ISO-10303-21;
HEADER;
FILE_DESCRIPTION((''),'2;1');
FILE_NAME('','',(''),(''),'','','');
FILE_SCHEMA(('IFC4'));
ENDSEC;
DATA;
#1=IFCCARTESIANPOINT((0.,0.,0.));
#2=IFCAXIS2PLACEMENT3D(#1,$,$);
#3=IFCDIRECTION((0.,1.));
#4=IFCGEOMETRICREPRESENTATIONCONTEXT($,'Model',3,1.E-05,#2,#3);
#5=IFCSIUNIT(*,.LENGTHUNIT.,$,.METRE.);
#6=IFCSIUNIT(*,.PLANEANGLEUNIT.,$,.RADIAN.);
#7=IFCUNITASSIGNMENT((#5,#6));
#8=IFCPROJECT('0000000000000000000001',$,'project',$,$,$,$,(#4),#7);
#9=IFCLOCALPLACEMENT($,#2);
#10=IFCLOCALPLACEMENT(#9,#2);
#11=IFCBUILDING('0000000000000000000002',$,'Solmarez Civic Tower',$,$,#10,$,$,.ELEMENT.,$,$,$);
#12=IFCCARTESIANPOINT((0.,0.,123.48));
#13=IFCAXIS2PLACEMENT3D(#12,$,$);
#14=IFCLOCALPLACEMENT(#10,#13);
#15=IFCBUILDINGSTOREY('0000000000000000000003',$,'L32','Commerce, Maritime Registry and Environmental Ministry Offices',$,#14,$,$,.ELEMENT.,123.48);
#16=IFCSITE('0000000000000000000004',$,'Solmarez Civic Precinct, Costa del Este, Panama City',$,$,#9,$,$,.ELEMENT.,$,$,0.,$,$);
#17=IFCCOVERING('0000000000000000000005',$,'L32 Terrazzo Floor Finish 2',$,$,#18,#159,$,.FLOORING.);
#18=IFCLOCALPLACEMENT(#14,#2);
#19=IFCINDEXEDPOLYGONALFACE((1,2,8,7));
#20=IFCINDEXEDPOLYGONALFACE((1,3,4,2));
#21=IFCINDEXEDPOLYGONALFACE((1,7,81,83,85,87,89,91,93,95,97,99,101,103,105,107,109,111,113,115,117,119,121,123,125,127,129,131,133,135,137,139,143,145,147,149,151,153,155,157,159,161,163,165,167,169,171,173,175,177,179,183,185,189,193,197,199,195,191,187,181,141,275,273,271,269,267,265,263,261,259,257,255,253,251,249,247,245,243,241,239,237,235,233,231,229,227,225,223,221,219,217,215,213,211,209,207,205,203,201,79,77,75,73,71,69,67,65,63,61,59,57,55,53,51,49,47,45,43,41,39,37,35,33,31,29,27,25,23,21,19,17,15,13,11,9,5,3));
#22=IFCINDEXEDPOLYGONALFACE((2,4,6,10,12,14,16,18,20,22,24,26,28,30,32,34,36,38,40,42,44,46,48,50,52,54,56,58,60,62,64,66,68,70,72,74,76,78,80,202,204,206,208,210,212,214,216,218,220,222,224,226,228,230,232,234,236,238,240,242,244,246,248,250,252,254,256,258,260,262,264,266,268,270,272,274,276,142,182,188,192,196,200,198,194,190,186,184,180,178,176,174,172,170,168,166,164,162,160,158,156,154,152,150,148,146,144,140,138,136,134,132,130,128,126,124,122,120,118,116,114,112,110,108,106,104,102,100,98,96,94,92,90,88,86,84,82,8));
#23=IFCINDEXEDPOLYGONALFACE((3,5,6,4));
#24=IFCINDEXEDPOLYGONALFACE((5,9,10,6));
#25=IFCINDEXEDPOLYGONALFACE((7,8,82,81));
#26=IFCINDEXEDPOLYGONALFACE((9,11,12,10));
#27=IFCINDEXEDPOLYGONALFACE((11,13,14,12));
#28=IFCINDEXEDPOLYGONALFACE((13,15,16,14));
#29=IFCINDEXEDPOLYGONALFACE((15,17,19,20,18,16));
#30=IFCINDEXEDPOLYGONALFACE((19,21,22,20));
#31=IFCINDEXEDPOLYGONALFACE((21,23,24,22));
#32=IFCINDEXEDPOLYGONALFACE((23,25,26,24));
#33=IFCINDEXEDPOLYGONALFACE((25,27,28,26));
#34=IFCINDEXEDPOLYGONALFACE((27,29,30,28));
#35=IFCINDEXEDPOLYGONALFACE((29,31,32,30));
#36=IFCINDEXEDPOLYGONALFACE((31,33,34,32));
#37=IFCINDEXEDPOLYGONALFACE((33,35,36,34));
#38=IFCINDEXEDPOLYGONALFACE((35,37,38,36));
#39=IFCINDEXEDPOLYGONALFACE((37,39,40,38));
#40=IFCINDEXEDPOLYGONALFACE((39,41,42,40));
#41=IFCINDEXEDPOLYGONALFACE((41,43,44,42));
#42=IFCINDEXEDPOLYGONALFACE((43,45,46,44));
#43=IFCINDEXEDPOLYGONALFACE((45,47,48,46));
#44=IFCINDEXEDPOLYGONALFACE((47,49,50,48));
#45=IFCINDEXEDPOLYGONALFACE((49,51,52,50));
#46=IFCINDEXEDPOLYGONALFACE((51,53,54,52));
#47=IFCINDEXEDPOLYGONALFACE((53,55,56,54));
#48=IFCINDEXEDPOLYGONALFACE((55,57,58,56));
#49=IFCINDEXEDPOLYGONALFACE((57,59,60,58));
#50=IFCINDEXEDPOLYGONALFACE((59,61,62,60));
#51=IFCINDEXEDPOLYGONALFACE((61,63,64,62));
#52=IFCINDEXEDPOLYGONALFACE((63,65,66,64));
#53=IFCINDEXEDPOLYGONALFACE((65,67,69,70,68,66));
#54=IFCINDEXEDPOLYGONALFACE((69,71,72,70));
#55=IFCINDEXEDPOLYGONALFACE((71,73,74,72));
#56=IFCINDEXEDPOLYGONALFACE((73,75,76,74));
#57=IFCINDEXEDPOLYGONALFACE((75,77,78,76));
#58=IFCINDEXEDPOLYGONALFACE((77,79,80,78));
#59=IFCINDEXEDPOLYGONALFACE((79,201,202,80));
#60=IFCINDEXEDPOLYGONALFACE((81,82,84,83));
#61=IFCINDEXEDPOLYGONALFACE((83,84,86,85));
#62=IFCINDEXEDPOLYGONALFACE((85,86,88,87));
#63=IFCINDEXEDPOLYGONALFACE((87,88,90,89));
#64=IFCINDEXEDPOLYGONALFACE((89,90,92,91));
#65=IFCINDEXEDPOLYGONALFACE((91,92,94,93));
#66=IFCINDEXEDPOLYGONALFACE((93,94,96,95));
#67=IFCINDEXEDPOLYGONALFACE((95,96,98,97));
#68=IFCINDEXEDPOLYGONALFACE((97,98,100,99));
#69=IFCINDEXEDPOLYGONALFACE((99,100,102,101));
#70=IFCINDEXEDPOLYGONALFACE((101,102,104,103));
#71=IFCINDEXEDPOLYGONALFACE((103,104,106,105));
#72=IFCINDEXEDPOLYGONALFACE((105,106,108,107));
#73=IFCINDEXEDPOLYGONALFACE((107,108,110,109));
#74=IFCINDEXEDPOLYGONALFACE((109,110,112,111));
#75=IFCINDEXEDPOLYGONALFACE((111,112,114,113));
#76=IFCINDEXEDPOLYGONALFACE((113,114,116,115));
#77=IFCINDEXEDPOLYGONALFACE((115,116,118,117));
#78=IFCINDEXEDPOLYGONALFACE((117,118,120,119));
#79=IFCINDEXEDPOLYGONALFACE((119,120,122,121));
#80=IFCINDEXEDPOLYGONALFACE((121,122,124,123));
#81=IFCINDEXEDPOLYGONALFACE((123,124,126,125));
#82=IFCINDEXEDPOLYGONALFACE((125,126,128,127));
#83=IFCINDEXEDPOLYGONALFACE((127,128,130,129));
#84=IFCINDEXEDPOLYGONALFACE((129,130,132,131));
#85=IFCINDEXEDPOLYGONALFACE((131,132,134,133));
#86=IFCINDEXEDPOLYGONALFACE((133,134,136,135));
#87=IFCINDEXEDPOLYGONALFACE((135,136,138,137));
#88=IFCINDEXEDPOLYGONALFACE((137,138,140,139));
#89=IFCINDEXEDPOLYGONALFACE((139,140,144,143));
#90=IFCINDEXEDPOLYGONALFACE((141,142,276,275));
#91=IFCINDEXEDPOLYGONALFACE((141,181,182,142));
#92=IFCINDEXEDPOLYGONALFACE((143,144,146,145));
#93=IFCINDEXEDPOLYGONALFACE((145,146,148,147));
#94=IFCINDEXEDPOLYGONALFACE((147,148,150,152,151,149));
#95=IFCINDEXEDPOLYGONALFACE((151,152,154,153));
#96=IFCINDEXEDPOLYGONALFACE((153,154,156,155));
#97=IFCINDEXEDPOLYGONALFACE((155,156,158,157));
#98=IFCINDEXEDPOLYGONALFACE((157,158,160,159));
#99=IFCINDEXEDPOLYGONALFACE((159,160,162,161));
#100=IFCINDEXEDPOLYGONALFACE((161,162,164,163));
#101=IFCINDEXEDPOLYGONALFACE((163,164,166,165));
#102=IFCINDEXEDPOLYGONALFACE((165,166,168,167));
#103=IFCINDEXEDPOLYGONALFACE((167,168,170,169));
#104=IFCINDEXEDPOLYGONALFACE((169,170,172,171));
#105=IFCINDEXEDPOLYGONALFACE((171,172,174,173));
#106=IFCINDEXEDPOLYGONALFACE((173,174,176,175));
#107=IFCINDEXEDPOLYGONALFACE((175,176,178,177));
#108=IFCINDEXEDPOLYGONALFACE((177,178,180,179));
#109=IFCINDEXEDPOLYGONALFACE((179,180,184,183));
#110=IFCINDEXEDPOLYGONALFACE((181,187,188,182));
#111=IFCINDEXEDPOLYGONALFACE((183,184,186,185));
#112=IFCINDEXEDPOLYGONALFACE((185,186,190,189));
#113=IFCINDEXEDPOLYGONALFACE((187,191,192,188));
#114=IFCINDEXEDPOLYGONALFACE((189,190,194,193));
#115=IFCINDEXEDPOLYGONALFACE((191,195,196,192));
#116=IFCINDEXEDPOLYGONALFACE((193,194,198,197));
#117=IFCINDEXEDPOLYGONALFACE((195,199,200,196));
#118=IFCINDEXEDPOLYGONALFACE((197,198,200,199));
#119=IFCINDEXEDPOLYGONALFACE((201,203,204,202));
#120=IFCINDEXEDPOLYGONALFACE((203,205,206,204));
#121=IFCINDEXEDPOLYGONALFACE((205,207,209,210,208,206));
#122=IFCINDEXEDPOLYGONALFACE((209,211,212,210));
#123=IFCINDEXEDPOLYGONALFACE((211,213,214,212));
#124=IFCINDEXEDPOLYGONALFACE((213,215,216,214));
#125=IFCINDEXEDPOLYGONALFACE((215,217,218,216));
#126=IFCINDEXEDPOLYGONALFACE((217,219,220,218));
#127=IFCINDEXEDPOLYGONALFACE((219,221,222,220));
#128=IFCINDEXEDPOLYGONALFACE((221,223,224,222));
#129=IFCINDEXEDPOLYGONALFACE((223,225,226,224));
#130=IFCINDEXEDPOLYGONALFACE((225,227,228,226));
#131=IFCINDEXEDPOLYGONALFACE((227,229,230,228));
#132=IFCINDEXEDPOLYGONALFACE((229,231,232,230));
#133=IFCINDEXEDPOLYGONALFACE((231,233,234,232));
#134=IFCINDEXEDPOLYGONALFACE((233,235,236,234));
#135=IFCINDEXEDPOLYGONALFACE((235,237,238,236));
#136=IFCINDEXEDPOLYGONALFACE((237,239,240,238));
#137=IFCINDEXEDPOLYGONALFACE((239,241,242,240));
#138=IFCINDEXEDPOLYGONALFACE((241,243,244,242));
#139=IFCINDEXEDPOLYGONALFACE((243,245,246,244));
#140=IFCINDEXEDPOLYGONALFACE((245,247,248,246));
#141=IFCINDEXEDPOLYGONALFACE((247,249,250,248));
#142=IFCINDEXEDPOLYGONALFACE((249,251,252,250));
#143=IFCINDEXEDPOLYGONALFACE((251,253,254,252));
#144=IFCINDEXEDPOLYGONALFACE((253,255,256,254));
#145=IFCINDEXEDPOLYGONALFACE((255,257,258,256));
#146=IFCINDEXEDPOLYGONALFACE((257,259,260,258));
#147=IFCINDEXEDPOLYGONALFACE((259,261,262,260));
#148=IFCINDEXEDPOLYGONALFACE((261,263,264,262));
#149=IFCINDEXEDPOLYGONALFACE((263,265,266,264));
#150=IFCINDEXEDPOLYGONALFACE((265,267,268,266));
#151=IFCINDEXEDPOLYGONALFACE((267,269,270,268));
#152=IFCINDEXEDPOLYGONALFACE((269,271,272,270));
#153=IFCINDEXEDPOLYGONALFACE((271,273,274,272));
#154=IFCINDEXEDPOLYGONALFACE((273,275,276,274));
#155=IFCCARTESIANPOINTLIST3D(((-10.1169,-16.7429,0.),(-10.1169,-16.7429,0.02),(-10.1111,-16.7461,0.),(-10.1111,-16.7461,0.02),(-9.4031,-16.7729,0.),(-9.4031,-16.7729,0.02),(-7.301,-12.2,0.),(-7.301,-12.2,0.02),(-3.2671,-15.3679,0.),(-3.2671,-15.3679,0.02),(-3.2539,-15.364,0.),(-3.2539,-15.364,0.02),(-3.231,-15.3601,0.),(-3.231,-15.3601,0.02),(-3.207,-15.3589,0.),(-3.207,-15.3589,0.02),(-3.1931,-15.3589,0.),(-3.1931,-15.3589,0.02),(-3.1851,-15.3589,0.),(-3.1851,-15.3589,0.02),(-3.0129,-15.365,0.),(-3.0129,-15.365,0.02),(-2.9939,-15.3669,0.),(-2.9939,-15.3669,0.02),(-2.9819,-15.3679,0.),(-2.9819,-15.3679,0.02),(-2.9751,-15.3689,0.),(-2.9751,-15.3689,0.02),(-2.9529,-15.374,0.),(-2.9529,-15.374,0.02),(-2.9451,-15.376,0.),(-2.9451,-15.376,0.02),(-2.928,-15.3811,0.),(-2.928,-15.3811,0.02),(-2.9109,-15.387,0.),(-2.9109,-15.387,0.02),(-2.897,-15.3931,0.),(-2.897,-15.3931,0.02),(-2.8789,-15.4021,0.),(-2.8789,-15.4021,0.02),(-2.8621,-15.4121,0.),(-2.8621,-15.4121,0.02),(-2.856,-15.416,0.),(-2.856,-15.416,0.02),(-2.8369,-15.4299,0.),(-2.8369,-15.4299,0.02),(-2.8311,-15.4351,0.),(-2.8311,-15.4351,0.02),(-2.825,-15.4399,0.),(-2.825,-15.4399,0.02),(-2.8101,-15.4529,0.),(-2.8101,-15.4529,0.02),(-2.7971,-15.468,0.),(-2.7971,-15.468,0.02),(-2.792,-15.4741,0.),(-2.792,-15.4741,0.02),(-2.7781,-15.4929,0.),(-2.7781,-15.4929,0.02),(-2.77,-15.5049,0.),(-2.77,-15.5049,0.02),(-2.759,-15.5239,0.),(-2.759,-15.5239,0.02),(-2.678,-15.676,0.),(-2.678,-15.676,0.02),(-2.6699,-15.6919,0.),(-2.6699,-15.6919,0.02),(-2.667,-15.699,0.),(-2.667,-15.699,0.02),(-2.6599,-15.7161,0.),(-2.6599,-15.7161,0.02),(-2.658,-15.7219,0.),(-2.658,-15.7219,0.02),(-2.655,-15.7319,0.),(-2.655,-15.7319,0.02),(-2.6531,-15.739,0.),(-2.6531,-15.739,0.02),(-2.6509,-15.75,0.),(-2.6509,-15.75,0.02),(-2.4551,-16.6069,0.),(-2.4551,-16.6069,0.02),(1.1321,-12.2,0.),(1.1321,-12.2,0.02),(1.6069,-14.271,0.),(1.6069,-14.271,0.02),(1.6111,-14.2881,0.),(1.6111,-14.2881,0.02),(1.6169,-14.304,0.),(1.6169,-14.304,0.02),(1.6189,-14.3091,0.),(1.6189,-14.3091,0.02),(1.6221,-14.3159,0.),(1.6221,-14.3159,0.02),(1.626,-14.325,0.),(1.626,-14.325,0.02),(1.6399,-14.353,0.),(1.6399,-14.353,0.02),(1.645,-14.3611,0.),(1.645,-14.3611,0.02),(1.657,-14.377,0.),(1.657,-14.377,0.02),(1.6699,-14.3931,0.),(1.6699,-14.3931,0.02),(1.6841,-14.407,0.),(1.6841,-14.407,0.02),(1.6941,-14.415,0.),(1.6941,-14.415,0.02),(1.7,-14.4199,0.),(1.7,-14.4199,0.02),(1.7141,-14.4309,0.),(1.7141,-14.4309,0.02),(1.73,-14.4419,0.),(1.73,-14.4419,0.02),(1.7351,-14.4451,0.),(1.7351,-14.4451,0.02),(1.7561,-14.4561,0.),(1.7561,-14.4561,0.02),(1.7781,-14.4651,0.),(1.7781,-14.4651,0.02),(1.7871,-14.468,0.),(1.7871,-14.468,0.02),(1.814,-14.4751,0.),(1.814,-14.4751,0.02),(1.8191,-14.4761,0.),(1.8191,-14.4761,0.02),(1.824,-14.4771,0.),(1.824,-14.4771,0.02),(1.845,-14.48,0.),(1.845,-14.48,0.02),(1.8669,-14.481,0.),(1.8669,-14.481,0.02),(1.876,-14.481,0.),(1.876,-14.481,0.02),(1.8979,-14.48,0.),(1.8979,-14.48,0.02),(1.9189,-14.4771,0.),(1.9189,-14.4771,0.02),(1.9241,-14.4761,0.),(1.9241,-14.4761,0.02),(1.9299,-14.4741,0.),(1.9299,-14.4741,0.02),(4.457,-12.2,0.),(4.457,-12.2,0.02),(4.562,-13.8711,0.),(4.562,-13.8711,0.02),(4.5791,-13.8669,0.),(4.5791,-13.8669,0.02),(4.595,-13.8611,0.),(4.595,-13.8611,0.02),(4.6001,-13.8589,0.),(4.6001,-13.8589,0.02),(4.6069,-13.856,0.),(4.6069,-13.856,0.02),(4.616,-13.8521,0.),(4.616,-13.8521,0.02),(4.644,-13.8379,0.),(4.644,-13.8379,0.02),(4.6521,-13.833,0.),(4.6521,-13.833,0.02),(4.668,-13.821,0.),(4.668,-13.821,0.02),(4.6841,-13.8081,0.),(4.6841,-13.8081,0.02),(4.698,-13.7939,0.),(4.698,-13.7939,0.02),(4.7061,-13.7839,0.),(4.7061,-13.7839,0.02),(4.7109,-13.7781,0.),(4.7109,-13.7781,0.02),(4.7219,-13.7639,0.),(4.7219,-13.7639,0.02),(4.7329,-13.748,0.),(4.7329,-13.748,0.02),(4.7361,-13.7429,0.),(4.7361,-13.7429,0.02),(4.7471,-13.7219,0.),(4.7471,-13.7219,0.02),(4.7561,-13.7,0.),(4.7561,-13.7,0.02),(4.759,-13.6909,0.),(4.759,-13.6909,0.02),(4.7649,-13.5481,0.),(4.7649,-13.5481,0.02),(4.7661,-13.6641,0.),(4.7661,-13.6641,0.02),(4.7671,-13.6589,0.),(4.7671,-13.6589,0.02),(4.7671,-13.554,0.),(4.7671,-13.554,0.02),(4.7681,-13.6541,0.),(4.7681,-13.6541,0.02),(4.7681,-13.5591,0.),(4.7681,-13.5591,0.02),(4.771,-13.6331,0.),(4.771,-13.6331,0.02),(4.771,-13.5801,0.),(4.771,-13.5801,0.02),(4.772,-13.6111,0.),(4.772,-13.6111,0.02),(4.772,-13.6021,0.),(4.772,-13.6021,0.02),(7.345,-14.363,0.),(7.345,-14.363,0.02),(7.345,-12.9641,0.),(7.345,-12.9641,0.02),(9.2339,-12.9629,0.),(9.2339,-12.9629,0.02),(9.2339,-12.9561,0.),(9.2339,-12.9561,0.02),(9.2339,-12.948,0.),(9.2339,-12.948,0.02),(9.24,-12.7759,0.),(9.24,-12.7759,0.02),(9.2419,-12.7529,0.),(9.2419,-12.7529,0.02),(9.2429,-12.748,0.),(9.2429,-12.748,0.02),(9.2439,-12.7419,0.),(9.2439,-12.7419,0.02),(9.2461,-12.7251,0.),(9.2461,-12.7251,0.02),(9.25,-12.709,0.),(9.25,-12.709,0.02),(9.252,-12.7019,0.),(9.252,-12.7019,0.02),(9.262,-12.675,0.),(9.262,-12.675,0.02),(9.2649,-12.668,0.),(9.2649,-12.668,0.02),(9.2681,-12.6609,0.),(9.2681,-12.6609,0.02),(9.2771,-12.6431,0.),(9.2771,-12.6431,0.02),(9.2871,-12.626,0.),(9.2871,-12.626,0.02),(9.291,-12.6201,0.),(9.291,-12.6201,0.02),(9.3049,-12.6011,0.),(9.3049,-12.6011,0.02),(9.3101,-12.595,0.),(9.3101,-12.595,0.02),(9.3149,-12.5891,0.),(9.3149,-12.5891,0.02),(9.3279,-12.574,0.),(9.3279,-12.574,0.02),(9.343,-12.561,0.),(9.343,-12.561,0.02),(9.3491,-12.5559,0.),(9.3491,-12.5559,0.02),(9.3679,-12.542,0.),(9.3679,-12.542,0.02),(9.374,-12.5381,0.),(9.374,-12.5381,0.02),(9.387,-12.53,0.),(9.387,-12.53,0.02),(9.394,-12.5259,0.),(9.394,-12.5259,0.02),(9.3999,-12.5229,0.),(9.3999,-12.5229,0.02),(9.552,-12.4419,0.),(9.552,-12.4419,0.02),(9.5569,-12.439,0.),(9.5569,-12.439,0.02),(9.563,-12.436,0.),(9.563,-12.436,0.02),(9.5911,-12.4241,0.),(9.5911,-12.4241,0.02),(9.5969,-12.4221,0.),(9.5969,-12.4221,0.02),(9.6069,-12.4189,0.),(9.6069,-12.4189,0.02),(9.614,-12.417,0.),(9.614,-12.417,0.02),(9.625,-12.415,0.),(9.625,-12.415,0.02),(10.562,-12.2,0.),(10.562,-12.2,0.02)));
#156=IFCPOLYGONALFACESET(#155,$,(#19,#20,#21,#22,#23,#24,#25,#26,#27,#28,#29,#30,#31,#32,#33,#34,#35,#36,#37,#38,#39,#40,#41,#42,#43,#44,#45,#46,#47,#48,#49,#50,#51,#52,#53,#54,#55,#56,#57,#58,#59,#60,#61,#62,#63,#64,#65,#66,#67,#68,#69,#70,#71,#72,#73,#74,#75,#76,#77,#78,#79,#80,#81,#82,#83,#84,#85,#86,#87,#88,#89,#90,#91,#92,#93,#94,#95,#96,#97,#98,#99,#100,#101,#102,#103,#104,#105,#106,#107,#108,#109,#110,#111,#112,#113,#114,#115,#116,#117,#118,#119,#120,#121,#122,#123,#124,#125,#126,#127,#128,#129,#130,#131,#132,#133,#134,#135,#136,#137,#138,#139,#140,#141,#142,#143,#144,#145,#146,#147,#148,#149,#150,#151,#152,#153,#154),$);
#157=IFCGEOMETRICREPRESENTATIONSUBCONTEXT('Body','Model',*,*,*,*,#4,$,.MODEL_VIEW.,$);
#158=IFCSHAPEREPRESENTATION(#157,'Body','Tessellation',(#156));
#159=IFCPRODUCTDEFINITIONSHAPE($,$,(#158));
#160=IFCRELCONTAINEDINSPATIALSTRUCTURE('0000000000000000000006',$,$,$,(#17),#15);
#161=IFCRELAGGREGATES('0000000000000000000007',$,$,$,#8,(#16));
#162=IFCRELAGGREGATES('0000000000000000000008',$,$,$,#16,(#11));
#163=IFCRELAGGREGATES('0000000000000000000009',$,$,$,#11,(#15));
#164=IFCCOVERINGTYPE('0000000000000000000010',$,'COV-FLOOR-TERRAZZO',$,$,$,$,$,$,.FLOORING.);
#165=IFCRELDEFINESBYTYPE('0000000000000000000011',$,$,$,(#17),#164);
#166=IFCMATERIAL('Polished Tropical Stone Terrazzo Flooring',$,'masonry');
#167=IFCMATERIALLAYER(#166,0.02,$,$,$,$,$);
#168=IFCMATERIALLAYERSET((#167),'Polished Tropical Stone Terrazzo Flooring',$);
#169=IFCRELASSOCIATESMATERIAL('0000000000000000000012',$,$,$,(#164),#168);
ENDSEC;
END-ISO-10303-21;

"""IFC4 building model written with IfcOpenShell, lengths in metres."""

from ifc_helpers import new_model, si_unit, direction, frame, origin, place, context, subcontext, project, spatial, polyline, outline, extrude, material, layer, layer_set, type_object, element, save


model = new_model("IFC4")

# Units and contexts
model_context = context("Model", 3, precision=1e-05, world=origin(), true_north=direction((0.0, 1.0)))
body_context = subcontext(model_context, "Body", "Model", "MODEL_VIEW")
ifc_project = project(units=[si_unit("LENGTHUNIT", "METRE"), si_unit("PLANEANGLEUNIT", "RADIAN")], contexts=[model_context])

# Site, building, storey
site_placement = place(None, origin())
site = spatial("IfcSite", under=ifc_project, at=site_placement, Name="Solmarez Civic Precinct, Costa del Este, Panama City", CompositionType="ELEMENT", RefElevation=0.0)
building_placement = place(site_placement, origin())
building = spatial("IfcBuilding", under=site, at=building_placement, Name="Solmarez Civic Tower", CompositionType="ELEMENT")
storey_placement = place(building_placement, frame((0.0, 0.0, 123.48)))
storey = spatial("IfcBuildingStorey", under=building, at=storey_placement, Name="L32", Description="Commerce, Maritime Registry and Environmental Ministry Offices", CompositionType="ELEMENT", Elevation=123.48)

# Covering
ifc_material_1 = material(Name="Polished Tropical Stone Terrazzo Flooring", Category="masonry")
ifc_layer_1 = layer(ifc_material_1, 0.02)
ifc_layer_set_1 = layer_set([ifc_layer_1], Name="Polished Tropical Stone Terrazzo Flooring")
covering_type_1 = type_object("IfcCoveringType", Name="COV-FLOOR-TERRAZZO", PredefinedType="FLOORING", material=ifc_layer_set_1)
covering_1_placement = place(storey_placement, origin())
element("IfcCovering", 1, at=covering_1_placement, inside=storey, type_object=covering_type_1, Name="L32 Terrazzo Floor Finish 2", PredefinedType="FLOORING", context=body_context, shape_type="SweptSolid", body=[
    extrude(outline(polyline([(-3.2671, -15.3679), (-3.2539, -15.364), (-3.231, -15.3601), (-3.207, -15.3589), (-3.1931, -15.3589), (-3.1851, -15.3589), (-3.0129, -15.365), (-2.9939, -15.3669), (-2.9819, -15.3679), (-2.9751, -15.3689), (-2.9529, -15.374), (-2.9451, -15.376), (-2.928, -15.3811), (-2.9109, -15.387), (-2.897, -15.3931), (-2.8789, -15.4021), (-2.8621, -15.4121), (-2.856, -15.416), (-2.8369, -15.4299), (-2.8311, -15.4351), (-2.825, -15.4399), (-2.8101, -15.4529), (-2.7971, -15.468), (-2.792, -15.4741), (-2.7781, -15.4929), (-2.77, -15.5049), (-2.759, -15.5239), (-2.678, -15.676), (-2.6699, -15.6919), (-2.667, -15.699), (-2.6599, -15.7161), (-2.658, -15.7219), (-2.655, -15.7319), (-2.6531, -15.739), (-2.6509, -15.75), (-2.4551, -16.6069), (7.345, -14.363), (7.345, -12.9641), (9.2339, -12.9629), (9.2339, -12.9561), (9.2339, -12.948), (9.24, -12.7759), (9.2419, -12.7529), (9.2429, -12.748), (9.2439, -12.7419), (9.2461, -12.7251), (9.25, -12.709), (9.252, -12.7019), (9.262, -12.675), (9.2649, -12.668), (9.2681, -12.6609), (9.2771, -12.6431), (9.2871, -12.626), (9.291, -12.6201), (9.3049, -12.6011), (9.3101, -12.595), (9.3149, -12.5891), (9.3279, -12.574), (9.343, -12.561), (9.3491, -12.5559), (9.3679, -12.542), (9.374, -12.5381), (9.387, -12.53), (9.394, -12.5259), (9.3999, -12.5229), (9.552, -12.4419), (9.5569, -12.439), (9.563, -12.436), (9.5911, -12.4241), (9.5969, -12.4221), (9.6069, -12.4189), (9.614, -12.417), (9.625, -12.415), (10.562, -12.2), (4.457, -12.2), (4.7649, -13.5481), (4.7671, -13.554), (4.7681, -13.5591), (4.771, -13.5801), (4.772, -13.6021), (4.772, -13.6111), (4.771, -13.6331), (4.7681, -13.6541), (4.7671, -13.6589), (4.7661, -13.6641), (4.759, -13.6909), (4.7561, -13.7), (4.7471, -13.7219), (4.7361, -13.7429), (4.7329, -13.748), (4.7219, -13.7639), (4.7109, -13.7781), (4.7061, -13.7839), (4.698, -13.7939), (4.6841, -13.8081), (4.668, -13.821), (4.6521, -13.833), (4.644, -13.8379), (4.616, -13.8521), (4.6069, -13.856), (4.6001, -13.8589), (4.595, -13.8611), (4.5791, -13.8669), (4.562, -13.8711), (1.9299, -14.4741), (1.9241, -14.4761), (1.9189, -14.4771), (1.8979, -14.48), (1.876, -14.481), (1.8669, -14.481), (1.845, -14.48), (1.824, -14.4771), (1.8191, -14.4761), (1.814, -14.4751), (1.7871, -14.468), (1.7781, -14.4651), (1.7561, -14.4561), (1.7351, -14.4451), (1.73, -14.4419), (1.7141, -14.4309), (1.7, -14.4199), (1.6941, -14.415), (1.6841, -14.407), (1.6699, -14.3931), (1.657, -14.377), (1.645, -14.3611), (1.6399, -14.353), (1.626, -14.325), (1.6221, -14.3159), (1.6189, -14.3091), (1.6169, -14.304), (1.6111, -14.2881), (1.6069, -14.271), (1.1321, -12.2), (-7.301, -12.2), (-10.1169, -16.7429), (-10.1111, -16.7461), (-9.4031, -16.7729), (-3.2671, -15.3679)])), origin(), (0.0, 0.0, 1.0), 0.02),
])

save(model, "model.ifc")
